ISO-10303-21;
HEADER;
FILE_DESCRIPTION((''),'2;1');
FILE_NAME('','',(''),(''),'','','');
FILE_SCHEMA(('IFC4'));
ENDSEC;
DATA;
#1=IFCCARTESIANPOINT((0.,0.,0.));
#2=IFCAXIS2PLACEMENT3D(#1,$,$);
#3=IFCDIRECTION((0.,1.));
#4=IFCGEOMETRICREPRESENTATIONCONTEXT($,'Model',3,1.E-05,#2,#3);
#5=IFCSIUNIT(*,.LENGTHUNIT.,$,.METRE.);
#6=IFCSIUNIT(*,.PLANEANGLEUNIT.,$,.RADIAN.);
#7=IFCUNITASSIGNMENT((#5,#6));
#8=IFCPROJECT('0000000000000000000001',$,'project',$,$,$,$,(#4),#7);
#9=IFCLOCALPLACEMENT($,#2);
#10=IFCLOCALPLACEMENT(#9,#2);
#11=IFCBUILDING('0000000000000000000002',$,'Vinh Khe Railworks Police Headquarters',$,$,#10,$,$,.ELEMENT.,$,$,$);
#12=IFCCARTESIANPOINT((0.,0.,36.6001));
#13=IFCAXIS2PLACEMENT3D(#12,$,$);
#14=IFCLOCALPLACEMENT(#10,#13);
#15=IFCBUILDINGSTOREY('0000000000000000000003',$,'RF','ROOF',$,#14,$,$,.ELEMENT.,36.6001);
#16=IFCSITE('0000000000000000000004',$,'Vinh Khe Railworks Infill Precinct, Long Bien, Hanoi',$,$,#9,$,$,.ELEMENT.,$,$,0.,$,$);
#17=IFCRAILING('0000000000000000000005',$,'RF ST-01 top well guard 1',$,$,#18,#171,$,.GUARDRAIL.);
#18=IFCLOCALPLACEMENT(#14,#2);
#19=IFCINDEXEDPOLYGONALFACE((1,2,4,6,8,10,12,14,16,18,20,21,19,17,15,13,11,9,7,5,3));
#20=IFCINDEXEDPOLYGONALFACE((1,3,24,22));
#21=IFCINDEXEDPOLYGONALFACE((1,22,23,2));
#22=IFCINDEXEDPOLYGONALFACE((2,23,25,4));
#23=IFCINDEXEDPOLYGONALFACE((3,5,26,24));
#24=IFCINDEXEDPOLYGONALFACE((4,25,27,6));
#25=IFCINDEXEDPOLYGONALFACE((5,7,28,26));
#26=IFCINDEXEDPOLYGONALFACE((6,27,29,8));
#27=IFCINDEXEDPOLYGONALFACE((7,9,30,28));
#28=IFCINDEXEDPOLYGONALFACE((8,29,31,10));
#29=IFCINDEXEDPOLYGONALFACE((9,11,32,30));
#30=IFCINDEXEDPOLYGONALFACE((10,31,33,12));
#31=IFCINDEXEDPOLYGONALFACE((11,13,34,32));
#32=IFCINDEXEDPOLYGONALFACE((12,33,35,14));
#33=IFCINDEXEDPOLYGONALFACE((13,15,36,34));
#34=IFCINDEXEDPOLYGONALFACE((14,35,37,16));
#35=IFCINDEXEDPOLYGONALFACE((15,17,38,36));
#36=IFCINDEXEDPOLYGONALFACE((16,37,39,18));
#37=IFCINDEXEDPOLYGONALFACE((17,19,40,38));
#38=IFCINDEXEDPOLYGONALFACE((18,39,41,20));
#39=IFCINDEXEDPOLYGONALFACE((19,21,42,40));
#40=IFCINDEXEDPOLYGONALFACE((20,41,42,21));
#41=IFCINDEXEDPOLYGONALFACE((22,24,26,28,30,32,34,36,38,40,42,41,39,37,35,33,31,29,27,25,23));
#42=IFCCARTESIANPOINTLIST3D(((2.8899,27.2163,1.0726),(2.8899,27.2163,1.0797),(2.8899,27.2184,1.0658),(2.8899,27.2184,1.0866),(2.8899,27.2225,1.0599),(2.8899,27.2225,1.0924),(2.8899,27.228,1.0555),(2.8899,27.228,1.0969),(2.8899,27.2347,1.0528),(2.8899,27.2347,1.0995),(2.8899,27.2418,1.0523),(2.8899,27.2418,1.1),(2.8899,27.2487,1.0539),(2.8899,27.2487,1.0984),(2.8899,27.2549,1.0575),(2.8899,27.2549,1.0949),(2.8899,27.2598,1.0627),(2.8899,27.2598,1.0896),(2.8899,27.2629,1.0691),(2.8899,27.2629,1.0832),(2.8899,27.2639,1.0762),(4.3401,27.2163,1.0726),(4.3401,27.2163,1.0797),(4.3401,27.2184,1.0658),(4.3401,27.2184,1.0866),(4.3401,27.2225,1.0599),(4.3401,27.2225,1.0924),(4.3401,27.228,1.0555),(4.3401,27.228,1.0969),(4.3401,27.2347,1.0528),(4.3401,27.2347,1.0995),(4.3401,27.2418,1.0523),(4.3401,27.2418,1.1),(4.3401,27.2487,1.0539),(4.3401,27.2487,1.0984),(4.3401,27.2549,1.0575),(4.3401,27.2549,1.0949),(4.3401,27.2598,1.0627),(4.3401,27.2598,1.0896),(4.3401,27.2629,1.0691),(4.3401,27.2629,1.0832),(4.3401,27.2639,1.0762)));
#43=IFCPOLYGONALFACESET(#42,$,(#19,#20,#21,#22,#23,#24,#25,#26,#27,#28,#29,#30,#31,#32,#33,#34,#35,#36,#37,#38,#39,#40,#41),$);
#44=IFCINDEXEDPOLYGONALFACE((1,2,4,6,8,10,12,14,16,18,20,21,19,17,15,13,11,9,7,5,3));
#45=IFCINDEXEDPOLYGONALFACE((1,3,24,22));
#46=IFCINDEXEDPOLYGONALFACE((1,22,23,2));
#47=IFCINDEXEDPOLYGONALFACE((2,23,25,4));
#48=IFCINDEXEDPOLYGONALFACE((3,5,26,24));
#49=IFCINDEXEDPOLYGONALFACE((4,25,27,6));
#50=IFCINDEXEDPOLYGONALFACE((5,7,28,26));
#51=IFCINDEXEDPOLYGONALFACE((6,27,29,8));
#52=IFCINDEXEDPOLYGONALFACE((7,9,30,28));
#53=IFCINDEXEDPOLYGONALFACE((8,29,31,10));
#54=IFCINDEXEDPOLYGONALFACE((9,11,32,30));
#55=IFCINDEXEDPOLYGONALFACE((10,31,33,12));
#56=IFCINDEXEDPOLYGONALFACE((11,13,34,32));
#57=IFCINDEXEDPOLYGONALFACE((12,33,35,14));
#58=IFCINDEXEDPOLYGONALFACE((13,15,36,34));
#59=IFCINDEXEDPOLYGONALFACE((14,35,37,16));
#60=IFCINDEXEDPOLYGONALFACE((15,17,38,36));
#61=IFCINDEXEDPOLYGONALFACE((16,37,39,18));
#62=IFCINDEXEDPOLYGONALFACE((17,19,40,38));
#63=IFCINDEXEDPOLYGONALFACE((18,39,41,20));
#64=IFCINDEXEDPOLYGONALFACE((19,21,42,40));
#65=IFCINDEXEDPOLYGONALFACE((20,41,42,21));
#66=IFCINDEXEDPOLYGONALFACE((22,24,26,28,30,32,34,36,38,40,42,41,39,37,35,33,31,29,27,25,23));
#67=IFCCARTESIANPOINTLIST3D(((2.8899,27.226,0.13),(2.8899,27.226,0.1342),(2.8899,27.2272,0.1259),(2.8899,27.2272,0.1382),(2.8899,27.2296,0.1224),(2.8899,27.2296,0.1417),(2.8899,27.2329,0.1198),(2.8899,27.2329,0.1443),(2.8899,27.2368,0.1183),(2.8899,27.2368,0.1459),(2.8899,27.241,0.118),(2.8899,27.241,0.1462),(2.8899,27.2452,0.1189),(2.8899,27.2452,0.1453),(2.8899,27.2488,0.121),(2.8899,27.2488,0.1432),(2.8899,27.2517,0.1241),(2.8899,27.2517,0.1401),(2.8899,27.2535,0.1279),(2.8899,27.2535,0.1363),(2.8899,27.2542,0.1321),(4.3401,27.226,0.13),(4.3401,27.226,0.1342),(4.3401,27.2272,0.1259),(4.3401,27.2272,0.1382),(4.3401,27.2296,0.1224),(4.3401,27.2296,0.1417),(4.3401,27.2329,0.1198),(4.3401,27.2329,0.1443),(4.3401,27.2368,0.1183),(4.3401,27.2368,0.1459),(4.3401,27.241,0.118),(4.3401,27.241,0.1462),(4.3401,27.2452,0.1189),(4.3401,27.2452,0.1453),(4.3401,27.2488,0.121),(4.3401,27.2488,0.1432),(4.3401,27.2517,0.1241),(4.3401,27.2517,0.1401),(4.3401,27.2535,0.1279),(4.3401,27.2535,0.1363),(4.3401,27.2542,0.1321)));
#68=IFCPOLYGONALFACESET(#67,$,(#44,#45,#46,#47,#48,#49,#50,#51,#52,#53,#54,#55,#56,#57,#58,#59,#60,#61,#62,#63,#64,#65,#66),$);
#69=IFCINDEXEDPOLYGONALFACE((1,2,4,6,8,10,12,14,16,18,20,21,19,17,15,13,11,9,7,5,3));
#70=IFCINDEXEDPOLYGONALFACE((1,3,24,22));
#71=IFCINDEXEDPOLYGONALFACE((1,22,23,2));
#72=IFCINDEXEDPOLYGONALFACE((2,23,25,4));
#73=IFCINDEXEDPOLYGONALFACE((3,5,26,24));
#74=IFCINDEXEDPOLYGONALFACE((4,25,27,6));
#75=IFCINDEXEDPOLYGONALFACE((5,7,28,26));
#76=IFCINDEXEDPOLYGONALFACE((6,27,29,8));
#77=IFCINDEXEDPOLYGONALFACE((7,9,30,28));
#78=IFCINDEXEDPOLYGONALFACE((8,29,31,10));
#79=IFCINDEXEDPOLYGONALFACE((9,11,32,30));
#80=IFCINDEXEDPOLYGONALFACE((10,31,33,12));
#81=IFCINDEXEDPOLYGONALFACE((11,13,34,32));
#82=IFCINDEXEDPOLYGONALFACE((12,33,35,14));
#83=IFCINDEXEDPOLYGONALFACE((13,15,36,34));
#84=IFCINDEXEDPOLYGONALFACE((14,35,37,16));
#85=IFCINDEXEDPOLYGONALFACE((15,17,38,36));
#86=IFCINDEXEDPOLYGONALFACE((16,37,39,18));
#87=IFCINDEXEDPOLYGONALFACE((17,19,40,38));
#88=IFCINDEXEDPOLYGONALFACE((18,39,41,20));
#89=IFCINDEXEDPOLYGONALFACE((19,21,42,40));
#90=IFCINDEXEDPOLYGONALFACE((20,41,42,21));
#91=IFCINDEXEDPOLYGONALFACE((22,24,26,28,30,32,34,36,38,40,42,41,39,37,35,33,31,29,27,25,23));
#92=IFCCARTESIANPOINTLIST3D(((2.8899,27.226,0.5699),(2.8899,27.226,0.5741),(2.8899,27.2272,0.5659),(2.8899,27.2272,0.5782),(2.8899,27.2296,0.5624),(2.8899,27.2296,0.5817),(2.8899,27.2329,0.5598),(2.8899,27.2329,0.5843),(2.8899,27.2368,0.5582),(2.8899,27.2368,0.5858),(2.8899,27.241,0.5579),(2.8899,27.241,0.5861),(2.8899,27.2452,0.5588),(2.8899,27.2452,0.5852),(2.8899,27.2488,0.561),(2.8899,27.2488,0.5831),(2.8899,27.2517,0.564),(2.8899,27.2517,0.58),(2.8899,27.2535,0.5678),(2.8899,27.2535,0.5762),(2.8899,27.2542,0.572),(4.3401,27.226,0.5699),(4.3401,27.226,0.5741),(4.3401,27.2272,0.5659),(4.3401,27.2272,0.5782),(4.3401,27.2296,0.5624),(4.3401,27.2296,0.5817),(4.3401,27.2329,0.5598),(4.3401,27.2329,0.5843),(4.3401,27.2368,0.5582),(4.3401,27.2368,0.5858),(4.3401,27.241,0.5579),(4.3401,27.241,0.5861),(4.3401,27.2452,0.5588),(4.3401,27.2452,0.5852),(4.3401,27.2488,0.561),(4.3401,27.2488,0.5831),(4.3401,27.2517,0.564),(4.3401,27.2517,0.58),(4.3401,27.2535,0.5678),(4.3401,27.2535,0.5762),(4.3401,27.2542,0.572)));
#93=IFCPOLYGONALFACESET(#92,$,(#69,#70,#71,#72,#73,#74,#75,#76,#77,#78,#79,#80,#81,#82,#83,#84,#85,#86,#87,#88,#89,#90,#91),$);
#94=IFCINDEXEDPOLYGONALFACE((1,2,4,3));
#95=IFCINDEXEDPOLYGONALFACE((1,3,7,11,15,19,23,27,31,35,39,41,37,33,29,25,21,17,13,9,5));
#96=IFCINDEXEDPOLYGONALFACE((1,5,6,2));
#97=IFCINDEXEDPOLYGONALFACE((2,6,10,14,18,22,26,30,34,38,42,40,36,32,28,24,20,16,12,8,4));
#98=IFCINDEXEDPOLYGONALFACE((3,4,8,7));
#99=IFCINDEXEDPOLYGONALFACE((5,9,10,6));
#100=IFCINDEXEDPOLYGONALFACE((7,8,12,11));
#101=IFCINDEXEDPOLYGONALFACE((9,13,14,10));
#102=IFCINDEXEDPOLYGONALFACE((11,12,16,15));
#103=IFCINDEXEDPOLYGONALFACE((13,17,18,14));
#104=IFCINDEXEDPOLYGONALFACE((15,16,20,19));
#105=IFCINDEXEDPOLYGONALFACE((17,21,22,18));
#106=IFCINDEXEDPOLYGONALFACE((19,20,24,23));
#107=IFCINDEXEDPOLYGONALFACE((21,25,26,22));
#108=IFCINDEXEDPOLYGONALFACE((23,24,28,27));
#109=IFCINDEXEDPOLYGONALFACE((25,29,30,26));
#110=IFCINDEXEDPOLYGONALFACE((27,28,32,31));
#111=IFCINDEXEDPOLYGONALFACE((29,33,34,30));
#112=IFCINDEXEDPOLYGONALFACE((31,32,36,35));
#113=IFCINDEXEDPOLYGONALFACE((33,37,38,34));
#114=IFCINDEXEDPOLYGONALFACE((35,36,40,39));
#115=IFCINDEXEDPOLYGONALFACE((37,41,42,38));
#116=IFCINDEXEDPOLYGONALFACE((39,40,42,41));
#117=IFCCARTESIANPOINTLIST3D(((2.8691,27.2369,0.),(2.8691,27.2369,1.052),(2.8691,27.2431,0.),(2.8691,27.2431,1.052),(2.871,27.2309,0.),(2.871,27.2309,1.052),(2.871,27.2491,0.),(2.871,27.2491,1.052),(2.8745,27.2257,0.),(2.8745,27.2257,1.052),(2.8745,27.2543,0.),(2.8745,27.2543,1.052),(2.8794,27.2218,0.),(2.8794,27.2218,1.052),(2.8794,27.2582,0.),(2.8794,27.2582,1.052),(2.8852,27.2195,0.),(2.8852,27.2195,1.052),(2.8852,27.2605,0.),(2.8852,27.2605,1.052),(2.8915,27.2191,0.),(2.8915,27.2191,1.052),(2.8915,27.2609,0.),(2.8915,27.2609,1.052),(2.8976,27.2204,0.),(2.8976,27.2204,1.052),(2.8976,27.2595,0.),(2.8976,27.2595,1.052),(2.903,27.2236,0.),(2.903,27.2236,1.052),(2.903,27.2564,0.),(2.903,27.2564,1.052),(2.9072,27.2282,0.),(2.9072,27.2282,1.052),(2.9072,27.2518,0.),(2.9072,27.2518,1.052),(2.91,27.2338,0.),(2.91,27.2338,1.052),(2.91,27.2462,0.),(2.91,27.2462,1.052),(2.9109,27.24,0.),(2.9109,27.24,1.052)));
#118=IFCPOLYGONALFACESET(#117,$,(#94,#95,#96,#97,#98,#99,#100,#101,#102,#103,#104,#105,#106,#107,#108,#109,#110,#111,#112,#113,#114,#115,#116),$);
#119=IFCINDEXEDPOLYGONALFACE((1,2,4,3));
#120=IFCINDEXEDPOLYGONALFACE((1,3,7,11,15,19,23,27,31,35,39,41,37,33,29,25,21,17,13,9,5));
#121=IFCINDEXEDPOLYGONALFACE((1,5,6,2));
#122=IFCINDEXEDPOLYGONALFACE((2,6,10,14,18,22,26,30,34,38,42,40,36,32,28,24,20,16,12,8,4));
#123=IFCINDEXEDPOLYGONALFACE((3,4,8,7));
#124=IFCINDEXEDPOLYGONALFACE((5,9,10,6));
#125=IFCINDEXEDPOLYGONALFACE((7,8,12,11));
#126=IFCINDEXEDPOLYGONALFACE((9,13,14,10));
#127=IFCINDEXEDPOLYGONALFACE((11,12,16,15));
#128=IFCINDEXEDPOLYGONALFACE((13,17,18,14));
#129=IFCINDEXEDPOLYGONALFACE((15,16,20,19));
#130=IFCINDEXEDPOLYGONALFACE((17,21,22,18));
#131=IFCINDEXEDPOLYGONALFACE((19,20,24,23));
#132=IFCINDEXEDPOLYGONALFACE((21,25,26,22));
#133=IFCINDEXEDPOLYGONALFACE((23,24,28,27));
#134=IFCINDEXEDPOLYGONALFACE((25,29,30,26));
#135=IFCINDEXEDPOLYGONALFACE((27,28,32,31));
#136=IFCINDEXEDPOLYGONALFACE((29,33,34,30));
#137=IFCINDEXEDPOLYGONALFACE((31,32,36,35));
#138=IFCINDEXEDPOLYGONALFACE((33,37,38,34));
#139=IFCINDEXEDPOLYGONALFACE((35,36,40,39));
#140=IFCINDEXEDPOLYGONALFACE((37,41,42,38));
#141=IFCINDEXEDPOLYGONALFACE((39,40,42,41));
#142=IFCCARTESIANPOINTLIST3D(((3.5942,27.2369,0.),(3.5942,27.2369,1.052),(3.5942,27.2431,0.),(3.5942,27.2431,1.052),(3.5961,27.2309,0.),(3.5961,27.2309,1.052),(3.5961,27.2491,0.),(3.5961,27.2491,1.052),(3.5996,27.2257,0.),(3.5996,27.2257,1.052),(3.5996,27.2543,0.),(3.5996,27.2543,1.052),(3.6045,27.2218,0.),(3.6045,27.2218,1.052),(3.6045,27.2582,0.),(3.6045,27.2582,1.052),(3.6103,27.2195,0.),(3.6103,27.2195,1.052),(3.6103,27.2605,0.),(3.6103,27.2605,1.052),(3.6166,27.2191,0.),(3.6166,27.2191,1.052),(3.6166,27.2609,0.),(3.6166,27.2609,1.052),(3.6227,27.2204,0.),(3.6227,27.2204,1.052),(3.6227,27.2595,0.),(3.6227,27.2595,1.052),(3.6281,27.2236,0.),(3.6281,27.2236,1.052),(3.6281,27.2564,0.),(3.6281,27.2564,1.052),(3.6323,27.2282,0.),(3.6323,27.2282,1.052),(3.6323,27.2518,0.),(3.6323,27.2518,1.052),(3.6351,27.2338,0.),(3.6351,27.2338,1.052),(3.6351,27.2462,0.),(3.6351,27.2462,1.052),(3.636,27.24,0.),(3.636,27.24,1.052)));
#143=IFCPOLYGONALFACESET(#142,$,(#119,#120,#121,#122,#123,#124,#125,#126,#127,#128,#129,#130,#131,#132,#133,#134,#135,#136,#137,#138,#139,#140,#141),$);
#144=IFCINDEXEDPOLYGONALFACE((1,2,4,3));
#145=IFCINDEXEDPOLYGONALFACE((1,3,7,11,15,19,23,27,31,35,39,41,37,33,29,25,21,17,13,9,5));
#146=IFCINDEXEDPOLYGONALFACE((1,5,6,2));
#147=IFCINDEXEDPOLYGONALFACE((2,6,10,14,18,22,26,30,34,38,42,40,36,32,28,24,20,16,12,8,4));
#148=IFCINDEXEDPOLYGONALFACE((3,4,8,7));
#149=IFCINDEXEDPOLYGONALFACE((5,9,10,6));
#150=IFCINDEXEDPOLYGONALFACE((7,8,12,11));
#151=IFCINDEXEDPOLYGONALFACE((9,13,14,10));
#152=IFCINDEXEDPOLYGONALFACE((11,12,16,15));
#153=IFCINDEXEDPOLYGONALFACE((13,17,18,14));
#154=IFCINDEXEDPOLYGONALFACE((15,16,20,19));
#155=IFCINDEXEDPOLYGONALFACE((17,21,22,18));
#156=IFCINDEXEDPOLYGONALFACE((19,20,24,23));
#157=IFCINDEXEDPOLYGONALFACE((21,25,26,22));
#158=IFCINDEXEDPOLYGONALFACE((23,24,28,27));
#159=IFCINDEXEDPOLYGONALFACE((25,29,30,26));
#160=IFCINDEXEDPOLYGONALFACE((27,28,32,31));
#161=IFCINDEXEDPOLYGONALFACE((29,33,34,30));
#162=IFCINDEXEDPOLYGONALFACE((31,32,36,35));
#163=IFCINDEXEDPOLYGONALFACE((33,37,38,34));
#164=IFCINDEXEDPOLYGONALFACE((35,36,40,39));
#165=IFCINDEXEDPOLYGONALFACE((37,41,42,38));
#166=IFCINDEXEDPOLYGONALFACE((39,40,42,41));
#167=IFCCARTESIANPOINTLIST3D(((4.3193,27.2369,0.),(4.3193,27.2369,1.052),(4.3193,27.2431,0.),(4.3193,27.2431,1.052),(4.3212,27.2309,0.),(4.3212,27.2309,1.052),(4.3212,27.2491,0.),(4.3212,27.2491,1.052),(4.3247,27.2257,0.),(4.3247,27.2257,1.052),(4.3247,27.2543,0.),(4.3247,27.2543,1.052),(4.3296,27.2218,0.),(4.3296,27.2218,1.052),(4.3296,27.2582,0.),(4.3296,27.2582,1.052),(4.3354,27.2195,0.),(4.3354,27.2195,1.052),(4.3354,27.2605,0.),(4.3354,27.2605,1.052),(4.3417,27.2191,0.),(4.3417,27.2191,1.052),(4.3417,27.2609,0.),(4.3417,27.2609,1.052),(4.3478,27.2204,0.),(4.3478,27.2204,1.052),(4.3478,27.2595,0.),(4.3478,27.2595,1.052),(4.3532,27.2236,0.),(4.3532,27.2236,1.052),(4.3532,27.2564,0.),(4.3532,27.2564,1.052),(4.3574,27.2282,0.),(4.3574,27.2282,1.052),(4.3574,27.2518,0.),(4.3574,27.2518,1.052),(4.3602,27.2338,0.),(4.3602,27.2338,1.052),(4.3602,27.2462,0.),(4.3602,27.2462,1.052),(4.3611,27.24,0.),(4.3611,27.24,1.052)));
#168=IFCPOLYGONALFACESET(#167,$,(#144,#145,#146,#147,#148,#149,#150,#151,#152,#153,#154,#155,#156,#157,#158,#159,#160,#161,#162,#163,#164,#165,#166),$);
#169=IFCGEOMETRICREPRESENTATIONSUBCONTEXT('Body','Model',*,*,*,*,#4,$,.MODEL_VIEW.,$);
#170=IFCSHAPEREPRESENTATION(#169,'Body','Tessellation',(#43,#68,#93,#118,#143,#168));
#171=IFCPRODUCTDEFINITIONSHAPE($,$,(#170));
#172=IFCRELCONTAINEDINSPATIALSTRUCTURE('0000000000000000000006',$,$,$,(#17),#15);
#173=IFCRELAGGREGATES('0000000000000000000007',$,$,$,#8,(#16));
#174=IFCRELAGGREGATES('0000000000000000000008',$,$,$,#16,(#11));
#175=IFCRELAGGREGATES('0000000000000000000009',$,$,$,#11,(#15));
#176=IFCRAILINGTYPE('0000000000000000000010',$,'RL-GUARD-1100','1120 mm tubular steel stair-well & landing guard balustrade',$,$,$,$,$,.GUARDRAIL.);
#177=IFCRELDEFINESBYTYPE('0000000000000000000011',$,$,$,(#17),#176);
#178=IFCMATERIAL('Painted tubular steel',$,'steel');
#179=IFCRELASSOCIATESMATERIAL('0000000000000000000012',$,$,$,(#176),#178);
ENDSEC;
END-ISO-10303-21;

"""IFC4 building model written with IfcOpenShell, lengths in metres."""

from ifc_helpers import new_model, si_unit, direction, frame, origin, origin_2d, place, context, subcontext, project, spatial, circle, extrude, material, type_object, element, save


model = new_model("IFC4")

# Units and contexts
model_context = context("Model", 3, precision=1e-05, world=origin(), true_north=direction((0.0, 1.0)))
body_context = subcontext(model_context, "Body", "Model", "MODEL_VIEW")
ifc_project = project(units=[si_unit("LENGTHUNIT", "METRE"), si_unit("PLANEANGLEUNIT", "RADIAN")], contexts=[model_context])

# Site, building, storey
site_placement = place(None, origin())
site = spatial("IfcSite", under=ifc_project, at=site_placement, Name="Vinh Khe Railworks Infill Precinct, Long Bien, Hanoi", CompositionType="ELEMENT", RefElevation=0.0)
building_placement = place(site_placement, origin())
building = spatial("IfcBuilding", under=site, at=building_placement, Name="Vinh Khe Railworks Police Headquarters", CompositionType="ELEMENT")
storey_placement = place(building_placement, frame((0.0, 0.0, 36.6001)))
storey = spatial("IfcBuildingStorey", under=building, at=storey_placement, Name="RF", Description="ROOF", CompositionType="ELEMENT", Elevation=36.6001)

# Railing
ifc_material_1 = material(Name="Painted tubular steel", Category="steel")
railing_type = type_object("IfcRailingType", Name="RL-GUARD-1100", Description="1120 mm tubular steel stair-well & landing guard balustrade", PredefinedType="GUARDRAIL", material=ifc_material_1)
railing_placement = place(storey_placement, frame((2.8899, 27.24, 0.0)))
element("IfcRailing", 1, at=railing_placement, inside=storey, type_object=railing_type, Name="RF ST-01 top well guard 1", PredefinedType="GUARDRAIL", context=body_context, shape_type="SweptSolid", body=[
    extrude(circle(Radius=0.0239, at=origin_2d()), frame((0.0, 0.0, 1.0762), z_axis=(1.0, 0.0, 0.0), x_axis=(0.0, 1.0, 0.0)), (0.0, 0.0, 1.0), 1.4502),
    extrude(circle(Radius=0.0142, at=origin_2d()), frame((0.0, 0.0, 0.1321), z_axis=(1.0, 0.0, 0.0), x_axis=(0.0, 1.0, 0.0)), (0.0, 0.0, 1.0), 1.4502),
    extrude(circle(Radius=0.0142, at=origin_2d()), frame((0.0, 0.0, 0.572), z_axis=(1.0, 0.0, 0.0), x_axis=(0.0, 1.0, 0.0)), (0.0, 0.0, 1.0), 1.4502),
    extrude(circle(Radius=0.021, at=origin_2d()), origin(), (0.0, 0.0, 1.0), 1.052),
    extrude(circle(Radius=0.021, at=origin_2d()), frame((0.7251, 0.0, 0.0)), (0.0, 0.0, 1.0), 1.052),
    extrude(circle(Radius=0.021, at=origin_2d()), frame((1.4502, 0.0, 0.0)), (0.0, 0.0, 1.0), 1.052),
])

save(model, "model.ifc")
